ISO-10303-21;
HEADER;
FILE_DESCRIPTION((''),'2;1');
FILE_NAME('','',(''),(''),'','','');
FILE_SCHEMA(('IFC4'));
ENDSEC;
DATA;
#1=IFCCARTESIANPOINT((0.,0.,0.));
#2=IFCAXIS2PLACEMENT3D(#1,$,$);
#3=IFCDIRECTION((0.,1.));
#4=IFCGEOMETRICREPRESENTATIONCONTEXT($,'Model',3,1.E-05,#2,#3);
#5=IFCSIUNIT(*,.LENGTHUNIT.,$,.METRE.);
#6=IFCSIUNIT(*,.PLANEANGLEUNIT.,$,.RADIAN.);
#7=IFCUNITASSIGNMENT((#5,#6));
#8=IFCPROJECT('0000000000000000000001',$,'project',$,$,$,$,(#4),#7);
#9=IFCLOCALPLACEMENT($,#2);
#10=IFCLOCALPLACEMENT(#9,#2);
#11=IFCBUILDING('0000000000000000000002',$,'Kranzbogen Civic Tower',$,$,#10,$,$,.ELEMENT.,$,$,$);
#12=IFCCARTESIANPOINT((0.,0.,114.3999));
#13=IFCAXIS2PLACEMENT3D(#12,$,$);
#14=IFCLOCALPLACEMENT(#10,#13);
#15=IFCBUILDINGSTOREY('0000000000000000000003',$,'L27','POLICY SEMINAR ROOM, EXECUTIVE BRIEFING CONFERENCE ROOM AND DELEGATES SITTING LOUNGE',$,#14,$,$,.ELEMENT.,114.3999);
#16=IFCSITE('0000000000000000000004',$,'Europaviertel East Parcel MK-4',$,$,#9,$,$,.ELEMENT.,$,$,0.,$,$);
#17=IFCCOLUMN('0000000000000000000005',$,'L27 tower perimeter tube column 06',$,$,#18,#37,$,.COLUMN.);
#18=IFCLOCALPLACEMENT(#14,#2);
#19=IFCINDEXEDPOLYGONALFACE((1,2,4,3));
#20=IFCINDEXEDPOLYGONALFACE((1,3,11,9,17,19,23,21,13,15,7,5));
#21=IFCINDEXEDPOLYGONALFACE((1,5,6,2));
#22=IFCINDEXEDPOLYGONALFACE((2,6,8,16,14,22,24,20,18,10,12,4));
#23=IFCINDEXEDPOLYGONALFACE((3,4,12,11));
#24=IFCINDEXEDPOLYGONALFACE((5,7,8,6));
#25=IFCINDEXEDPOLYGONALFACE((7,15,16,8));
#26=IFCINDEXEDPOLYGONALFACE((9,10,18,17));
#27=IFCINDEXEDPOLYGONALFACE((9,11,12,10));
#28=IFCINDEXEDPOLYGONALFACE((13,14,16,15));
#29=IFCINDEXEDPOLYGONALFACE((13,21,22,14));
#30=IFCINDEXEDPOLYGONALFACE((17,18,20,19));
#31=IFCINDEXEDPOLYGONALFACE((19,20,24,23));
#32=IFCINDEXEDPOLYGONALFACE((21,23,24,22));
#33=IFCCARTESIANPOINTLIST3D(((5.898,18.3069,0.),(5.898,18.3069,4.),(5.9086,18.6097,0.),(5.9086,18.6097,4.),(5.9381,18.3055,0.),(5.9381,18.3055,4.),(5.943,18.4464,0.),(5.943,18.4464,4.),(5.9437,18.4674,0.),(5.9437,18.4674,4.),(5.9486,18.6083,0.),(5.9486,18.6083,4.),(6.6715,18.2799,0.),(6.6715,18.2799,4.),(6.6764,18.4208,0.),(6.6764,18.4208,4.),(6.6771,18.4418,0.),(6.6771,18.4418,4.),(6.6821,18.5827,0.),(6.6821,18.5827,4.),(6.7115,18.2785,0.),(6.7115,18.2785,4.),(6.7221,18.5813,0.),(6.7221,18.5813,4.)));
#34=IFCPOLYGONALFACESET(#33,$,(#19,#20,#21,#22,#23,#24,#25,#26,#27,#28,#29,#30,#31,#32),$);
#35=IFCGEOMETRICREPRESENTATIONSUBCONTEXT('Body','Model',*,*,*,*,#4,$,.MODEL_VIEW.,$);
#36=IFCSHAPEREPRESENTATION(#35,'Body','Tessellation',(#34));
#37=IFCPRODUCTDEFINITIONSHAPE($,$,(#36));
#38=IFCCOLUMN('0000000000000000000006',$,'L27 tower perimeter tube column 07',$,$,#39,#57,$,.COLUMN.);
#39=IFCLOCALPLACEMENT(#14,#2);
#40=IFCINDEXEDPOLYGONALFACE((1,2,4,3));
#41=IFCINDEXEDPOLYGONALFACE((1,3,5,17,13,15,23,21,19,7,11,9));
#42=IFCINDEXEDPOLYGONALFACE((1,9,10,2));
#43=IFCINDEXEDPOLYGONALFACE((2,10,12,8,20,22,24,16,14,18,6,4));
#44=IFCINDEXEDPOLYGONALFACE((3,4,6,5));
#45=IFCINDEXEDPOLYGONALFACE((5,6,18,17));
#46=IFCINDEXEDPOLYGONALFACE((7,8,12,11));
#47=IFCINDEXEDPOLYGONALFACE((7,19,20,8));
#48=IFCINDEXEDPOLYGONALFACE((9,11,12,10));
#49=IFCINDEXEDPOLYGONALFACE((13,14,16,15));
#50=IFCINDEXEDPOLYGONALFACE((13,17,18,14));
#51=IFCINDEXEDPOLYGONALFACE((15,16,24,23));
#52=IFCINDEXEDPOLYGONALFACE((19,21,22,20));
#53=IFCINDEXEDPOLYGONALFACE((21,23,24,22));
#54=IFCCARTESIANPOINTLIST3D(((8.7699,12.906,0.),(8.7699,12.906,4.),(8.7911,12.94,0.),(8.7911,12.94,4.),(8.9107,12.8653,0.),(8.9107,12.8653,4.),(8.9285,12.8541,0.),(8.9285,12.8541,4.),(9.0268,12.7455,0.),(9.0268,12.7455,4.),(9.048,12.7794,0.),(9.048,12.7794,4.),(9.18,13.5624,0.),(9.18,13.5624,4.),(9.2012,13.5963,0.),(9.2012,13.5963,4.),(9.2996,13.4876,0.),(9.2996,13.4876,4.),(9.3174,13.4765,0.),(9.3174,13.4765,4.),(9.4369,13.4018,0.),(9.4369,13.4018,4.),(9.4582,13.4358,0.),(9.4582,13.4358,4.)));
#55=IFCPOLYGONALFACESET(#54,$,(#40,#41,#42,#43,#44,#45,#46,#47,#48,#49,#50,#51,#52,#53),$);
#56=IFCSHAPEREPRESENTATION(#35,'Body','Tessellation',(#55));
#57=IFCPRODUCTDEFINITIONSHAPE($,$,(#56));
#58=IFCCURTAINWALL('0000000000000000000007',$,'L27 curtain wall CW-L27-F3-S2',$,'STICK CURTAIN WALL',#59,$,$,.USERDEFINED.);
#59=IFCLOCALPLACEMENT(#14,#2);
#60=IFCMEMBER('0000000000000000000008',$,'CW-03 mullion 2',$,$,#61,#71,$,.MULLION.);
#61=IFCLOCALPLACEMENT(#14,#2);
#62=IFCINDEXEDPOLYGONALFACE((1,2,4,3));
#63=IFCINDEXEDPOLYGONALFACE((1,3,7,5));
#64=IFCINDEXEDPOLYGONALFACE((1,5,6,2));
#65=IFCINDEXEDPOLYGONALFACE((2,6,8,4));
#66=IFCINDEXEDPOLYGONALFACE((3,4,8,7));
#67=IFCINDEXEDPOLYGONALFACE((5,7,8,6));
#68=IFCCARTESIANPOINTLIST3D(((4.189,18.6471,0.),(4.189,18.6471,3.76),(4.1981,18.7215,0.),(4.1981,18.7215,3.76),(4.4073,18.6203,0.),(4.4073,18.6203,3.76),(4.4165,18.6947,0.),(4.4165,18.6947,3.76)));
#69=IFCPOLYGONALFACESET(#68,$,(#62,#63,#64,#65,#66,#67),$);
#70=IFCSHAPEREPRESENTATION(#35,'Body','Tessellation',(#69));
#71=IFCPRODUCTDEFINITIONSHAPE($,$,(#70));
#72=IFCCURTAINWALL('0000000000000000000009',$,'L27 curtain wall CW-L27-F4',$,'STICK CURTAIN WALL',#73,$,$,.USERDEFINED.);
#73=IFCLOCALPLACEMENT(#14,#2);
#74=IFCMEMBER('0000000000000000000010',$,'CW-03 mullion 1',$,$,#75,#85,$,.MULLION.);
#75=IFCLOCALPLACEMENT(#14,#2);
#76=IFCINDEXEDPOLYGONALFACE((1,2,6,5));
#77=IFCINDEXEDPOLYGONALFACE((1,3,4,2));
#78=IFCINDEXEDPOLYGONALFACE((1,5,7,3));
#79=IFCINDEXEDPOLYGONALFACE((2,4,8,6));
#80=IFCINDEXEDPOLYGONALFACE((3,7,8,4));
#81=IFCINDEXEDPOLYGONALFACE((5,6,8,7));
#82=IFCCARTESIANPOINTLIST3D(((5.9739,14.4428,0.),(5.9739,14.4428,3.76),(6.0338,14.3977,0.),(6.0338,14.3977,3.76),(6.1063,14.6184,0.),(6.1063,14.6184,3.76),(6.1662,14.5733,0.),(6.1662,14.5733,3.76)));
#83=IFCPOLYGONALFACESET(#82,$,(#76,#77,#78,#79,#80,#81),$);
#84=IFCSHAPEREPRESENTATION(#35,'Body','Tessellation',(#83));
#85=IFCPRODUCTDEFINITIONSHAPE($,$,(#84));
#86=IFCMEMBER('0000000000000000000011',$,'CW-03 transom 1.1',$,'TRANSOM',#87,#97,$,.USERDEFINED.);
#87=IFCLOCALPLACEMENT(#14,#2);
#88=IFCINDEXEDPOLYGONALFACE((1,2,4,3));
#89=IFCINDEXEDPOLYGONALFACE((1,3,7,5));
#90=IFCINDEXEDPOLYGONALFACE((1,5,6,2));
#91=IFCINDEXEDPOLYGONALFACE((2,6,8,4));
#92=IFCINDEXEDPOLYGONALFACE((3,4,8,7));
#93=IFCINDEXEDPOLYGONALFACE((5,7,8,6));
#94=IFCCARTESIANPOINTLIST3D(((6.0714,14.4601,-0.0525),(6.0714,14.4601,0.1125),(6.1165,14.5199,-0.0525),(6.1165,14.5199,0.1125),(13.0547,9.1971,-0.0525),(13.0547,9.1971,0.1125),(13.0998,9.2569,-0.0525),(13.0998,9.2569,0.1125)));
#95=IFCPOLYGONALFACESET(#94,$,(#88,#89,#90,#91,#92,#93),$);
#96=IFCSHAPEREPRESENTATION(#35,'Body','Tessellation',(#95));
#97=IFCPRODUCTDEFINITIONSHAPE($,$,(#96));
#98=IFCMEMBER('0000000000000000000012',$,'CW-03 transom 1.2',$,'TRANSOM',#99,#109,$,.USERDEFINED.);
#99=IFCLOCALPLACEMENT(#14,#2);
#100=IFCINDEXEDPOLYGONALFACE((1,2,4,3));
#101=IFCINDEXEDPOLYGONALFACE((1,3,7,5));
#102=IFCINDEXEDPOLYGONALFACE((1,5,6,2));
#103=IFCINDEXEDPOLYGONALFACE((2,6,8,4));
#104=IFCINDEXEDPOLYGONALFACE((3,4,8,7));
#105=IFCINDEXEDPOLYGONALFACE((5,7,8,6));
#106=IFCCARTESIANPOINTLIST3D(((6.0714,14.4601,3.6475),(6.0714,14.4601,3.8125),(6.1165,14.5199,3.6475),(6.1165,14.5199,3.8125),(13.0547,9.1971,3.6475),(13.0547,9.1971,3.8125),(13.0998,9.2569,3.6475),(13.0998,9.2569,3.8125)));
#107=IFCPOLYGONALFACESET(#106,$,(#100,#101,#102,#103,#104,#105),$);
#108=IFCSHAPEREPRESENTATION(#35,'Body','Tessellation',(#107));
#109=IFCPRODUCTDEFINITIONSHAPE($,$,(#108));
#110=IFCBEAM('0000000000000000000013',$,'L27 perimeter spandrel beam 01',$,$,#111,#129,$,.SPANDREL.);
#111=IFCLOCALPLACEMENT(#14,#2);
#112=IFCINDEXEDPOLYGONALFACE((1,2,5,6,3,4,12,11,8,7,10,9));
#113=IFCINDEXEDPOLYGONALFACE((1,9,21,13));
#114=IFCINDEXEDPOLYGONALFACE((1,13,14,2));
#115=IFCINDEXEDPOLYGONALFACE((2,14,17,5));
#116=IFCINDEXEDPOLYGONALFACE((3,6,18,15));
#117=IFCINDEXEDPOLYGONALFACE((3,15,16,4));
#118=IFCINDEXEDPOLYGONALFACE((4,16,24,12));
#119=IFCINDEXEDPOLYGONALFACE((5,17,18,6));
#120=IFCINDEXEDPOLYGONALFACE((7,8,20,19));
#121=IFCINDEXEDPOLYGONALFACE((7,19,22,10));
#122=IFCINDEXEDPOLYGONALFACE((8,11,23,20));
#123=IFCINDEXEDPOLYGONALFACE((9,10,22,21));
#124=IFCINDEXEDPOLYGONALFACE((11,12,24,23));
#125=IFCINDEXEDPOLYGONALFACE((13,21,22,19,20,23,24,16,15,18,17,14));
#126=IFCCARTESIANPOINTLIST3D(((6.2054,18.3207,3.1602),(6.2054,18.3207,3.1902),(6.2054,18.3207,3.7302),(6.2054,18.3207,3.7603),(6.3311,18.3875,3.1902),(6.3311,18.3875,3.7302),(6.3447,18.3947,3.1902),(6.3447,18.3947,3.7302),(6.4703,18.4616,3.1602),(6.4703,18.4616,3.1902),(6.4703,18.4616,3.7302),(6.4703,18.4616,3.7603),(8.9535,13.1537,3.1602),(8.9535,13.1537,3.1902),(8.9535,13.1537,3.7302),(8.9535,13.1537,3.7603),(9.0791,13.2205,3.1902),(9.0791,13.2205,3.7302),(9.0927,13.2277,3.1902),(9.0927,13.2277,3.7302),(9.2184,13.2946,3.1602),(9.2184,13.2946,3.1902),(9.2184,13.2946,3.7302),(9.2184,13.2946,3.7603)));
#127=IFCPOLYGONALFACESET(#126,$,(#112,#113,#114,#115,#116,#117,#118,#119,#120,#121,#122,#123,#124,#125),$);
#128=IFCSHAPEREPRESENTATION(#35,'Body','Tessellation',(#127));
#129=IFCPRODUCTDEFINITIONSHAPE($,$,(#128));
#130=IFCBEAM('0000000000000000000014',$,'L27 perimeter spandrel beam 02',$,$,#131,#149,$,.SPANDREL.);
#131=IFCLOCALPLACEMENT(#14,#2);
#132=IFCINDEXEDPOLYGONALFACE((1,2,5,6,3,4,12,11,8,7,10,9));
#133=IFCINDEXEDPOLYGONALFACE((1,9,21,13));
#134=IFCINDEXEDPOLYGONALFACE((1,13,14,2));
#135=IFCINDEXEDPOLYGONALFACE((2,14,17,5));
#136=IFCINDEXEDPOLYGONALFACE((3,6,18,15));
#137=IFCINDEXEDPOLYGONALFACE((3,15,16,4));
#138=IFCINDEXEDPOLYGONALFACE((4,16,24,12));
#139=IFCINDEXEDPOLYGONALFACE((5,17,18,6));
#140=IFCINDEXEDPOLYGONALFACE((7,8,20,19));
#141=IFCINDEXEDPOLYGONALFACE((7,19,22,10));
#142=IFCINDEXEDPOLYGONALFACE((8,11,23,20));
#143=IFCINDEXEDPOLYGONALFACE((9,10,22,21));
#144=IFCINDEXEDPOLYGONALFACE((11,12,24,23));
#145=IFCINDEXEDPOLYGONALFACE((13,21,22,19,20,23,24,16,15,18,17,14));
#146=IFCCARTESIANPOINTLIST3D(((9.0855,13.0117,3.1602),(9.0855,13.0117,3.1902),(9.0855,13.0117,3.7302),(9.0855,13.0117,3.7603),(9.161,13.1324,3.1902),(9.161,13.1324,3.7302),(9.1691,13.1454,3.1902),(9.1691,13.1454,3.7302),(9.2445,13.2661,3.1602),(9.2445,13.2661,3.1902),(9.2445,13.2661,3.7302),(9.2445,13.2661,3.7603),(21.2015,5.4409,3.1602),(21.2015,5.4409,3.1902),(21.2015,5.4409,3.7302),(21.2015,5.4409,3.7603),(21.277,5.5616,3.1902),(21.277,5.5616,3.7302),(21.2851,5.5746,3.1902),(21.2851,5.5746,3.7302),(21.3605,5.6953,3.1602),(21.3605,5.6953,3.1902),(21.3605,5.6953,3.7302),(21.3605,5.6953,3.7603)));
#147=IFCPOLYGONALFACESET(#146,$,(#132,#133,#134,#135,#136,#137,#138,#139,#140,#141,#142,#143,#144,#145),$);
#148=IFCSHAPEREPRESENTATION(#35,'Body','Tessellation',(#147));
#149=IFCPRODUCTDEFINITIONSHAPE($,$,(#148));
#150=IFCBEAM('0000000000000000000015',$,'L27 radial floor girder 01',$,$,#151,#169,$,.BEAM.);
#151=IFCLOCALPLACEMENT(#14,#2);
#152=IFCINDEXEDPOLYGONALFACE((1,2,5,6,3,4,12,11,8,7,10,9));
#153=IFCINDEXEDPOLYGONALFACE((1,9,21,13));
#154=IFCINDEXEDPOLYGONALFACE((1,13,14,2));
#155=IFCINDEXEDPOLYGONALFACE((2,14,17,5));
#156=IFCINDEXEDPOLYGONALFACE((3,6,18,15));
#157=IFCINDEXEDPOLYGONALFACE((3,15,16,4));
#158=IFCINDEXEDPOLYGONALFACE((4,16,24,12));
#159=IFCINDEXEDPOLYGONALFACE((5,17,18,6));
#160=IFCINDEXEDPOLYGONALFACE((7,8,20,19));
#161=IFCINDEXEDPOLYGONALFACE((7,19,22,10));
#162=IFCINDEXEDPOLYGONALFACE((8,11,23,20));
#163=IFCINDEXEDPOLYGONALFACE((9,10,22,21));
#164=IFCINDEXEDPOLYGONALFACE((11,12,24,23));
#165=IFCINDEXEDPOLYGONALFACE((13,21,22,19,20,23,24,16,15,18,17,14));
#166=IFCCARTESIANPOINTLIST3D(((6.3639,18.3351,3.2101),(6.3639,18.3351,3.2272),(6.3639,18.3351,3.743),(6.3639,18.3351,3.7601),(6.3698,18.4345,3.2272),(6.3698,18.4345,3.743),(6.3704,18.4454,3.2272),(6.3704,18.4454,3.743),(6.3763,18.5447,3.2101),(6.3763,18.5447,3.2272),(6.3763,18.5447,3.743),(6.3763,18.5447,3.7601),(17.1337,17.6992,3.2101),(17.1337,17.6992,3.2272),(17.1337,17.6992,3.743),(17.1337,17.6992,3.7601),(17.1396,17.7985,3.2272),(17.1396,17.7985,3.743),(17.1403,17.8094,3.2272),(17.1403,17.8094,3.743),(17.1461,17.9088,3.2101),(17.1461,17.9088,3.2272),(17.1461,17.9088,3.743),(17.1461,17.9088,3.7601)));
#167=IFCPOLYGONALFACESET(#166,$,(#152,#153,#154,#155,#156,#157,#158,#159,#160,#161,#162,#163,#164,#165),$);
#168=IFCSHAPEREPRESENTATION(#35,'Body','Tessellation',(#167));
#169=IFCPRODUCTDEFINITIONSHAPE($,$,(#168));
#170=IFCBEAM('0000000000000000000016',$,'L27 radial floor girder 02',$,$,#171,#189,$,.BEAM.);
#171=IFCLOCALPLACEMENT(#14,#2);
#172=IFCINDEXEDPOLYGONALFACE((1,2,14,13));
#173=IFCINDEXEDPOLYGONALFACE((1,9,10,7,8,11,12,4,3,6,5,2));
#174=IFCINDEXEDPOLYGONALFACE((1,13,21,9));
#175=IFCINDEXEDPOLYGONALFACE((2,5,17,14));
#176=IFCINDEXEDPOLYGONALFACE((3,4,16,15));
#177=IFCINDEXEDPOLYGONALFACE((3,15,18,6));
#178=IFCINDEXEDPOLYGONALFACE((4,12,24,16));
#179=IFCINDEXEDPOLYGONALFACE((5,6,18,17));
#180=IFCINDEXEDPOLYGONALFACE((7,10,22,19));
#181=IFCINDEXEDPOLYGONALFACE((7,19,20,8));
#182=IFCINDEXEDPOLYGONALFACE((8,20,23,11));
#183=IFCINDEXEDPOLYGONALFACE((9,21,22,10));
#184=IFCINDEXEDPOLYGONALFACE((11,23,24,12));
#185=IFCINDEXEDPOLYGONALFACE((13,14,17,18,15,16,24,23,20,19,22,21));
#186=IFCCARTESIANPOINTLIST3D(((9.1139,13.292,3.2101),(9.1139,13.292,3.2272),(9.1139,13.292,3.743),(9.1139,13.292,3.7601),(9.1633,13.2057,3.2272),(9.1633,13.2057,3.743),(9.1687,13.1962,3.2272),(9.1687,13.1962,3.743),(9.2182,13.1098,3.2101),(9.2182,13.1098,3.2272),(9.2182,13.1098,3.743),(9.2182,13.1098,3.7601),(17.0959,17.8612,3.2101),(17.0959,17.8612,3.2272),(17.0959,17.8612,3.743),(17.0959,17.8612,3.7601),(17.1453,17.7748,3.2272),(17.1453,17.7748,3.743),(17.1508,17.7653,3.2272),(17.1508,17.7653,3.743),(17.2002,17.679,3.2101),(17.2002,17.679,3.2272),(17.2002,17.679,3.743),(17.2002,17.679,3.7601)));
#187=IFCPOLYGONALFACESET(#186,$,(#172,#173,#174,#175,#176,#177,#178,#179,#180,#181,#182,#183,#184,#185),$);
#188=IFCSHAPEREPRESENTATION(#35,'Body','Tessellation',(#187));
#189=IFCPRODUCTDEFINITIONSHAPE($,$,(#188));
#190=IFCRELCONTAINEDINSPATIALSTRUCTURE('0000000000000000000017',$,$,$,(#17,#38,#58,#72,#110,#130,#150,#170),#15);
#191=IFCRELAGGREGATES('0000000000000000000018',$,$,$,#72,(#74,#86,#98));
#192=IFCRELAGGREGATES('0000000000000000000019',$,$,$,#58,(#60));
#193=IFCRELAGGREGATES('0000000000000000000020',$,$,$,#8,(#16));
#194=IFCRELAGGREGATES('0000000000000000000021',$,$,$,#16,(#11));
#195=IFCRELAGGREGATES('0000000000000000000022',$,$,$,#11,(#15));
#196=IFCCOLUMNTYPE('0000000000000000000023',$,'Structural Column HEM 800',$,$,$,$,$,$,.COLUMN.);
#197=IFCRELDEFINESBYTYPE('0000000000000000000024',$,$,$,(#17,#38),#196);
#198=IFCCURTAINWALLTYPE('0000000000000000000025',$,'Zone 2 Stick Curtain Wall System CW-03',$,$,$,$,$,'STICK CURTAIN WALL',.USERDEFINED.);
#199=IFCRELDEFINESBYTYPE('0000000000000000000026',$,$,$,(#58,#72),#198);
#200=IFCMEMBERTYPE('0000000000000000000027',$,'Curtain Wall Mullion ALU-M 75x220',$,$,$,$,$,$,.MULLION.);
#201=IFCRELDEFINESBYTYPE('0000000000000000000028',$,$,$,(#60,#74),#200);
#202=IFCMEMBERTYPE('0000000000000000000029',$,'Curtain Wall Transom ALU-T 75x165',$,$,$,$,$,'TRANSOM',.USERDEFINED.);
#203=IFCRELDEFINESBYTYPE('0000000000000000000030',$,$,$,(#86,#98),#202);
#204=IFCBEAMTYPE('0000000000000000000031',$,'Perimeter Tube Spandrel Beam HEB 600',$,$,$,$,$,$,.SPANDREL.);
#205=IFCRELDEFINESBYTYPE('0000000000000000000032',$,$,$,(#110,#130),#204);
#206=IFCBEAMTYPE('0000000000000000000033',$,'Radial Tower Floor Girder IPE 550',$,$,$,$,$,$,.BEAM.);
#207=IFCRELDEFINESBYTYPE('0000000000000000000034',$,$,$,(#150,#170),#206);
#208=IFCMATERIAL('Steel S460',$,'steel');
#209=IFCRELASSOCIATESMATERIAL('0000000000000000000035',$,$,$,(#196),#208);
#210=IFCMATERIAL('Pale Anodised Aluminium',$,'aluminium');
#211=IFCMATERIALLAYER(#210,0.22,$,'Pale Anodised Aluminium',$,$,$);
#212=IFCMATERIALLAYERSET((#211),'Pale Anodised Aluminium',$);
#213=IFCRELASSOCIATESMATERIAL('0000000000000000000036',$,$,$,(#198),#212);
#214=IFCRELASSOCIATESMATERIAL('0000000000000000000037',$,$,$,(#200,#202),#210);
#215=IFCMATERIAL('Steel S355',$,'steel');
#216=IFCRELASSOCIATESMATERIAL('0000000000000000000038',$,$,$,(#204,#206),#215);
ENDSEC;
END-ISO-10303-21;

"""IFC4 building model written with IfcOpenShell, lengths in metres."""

from ifc_helpers import new_model, si_unit, direction, frame, origin, origin_2d, place, context, subcontext, project, spatial, rectangle, i_section, extrude, material, layer, layer_set, material_profile, profile_set, type_object, element, aggregate, save


model = new_model("IFC4")

# Units and contexts
model_context = context("Model", 3, precision=1e-05, world=origin(), true_north=direction((0.0, 1.0)))
body_context = subcontext(model_context, "Body", "Model", "MODEL_VIEW")
ifc_project = project(units=[si_unit("LENGTHUNIT", "METRE"), si_unit("PLANEANGLEUNIT", "RADIAN")], contexts=[model_context])

# Site, building, storey
site_placement = place(None, origin())
site = spatial("IfcSite", under=ifc_project, at=site_placement, Name="Europaviertel East Parcel MK-4", CompositionType="ELEMENT", RefElevation=0.0)
building_placement = place(site_placement, origin())
building = spatial("IfcBuilding", under=site, at=building_placement, Name="Kranzbogen Civic Tower", CompositionType="ELEMENT")
storey_placement = place(building_placement, frame((0.0, 0.0, 114.3999)))
storey = spatial("IfcBuildingStorey", under=building, at=storey_placement, Name="L27", Description="POLICY SEMINAR ROOM, EXECUTIVE BRIEFING CONFERENCE ROOM AND DELEGATES SITTING LOUNGE", CompositionType="ELEMENT", Elevation=114.3999)

# Columns
ifc_material_1 = material(Name="Steel S460", Category="steel")
ifc_material_profile_1 = material_profile(ifc_material_1, i_section(OverallWidth=0.303, OverallDepth=0.814, WebThickness=0.021, FlangeThickness=0.04, at=origin_2d()), Name="HEM 800")
ifc_profile_set_1 = profile_set([ifc_material_profile_1], Name="Steel S460")
column_type = type_object("IfcColumnType", Name="Structural Column HEM 800", PredefinedType="COLUMN", material=ifc_profile_set_1)
for number, where, z_axis, x_axis, name in (
    (1, (6.3101, 18.4441, 0.0), (0.0, 0.0, 1.0), (0.034899, 0.999391, 0.0), "L27 tower perimeter tube column 06"),
    (2, (9.114, 13.1709, 0.0), (0.0, 0.0, 1.0), (-0.848048, 0.529919, 0.0), "L27 tower perimeter tube column 07"),
):
    element("IfcColumn", number, at=place(storey_placement, frame(where, z_axis=z_axis, x_axis=x_axis)), inside=storey, type_object=column_type, Name=name, PredefinedType="COLUMN", context=body_context, shape_type="SweptSolid", body=[
        extrude(i_section(OverallWidth=0.303, OverallDepth=0.814, WebThickness=0.021, FlangeThickness=0.04, at=origin_2d()), origin(), (0.0, 0.0, 1.0), 4.0),
    ])

# Curtain wall, member
ifc_material_2 = material(Name="Pale Anodised Aluminium", Category="aluminium")
ifc_layer_1 = layer(ifc_material_2, 0.22, Name="Pale Anodised Aluminium")
ifc_layer_set_1 = layer_set([ifc_layer_1], Name="Pale Anodised Aluminium")
curtain_wall_type = type_object("IfcCurtainWallType", Name="Zone 2 Stick Curtain Wall System CW-03", ElementType="STICK CURTAIN WALL", PredefinedType="USERDEFINED", material=ifc_layer_set_1)
curtain_wall_1_placement = place(storey_placement, origin())
curtain_wall_1 = element("IfcCurtainWall", 3, at=curtain_wall_1_placement, inside=storey, type_object=curtain_wall_type, Name="L27 curtain wall CW-L27-F3-S2", ObjectType="STICK CURTAIN WALL", PredefinedType="USERDEFINED")
ifc_material_profile_2 = material_profile(ifc_material_2, rectangle(XDim=0.075, YDim=0.22, at=origin_2d()), Name="ALU-M 75x220")
ifc_profile_set_2 = profile_set([ifc_material_profile_2], Name="Pale Anodised Aluminium")
member_type_1 = type_object("IfcMemberType", Name="Curtain Wall Mullion ALU-M 75x220", PredefinedType="MULLION", material=ifc_profile_set_2)
member_1_placement = place(storey_placement, frame((4.3027, 18.6709, 0.0), z_axis=(0.0, 0.0, 1.0), x_axis=(-0.121826, -0.992552, 0.0)))
member_1 = element("IfcMember", 4, at=member_1_placement, type_object=member_type_1, Name="CW-03 mullion 2", PredefinedType="MULLION", context=body_context, shape_type="SweptSolid", body=[
    extrude(rectangle(XDim=0.075, YDim=0.22, at=origin_2d()), origin(), (0.0, 0.0, 1.0), 3.76),
])

# Curtain wall, members
curtain_wall_2_placement = place(storey_placement, origin())
curtain_wall_2 = element("IfcCurtainWall", 5, at=curtain_wall_2_placement, inside=storey, type_object=curtain_wall_type, Name="L27 curtain wall CW-L27-F4", ObjectType="STICK CURTAIN WALL", PredefinedType="USERDEFINED")
member_2_placement = place(storey_placement, frame((6.0701, 14.5081, 0.0), z_axis=(0.0, 0.0, 1.0), x_axis=(0.798599, -0.601864, 0.0)))
member_2 = element("IfcMember", 6, at=member_2_placement, type_object=member_type_1, Name="CW-03 mullion 1", PredefinedType="MULLION", context=body_context, shape_type="SweptSolid", body=[
    extrude(rectangle(XDim=0.075, YDim=0.22, at=origin_2d()), origin(), (0.0, 0.0, 1.0), 3.76),
])
ifc_material_profile_3 = material_profile(ifc_material_2, rectangle(XDim=0.075, YDim=0.165, at=origin_2d()), Name="ALU-T 75x165")
ifc_profile_set_3 = profile_set([ifc_material_profile_3], Name="Pale Anodised Aluminium")
member_type_2 = type_object("IfcMemberType", Name="Curtain Wall Transom ALU-T 75x165", ElementType="TRANSOM", PredefinedType="USERDEFINED", material=ifc_profile_set_3)
member_3_placement = place(storey_placement, frame((6.094, 14.49, 0.03), z_axis=(0.798594, -0.60187, 0.0), x_axis=(0.60187, 0.798594, 0.0)))
member_3 = element("IfcMember", 7, at=member_3_placement, type_object=member_type_2, Name="CW-03 transom 1.1", ObjectType="TRANSOM", PredefinedType="USERDEFINED", context=body_context, shape_type="SweptSolid", body=[
    extrude(rectangle(XDim=0.075, YDim=0.165, at=origin_2d()), origin(), (0.0, 0.0, 1.0), 8.7444),
])
member_4_placement = place(storey_placement, frame((6.094, 14.49, 3.73), z_axis=(0.798594, -0.60187, 0.0), x_axis=(0.60187, 0.798594, 0.0)))
member_4 = element("IfcMember", 8, at=member_4_placement, type_object=member_type_2, Name="CW-03 transom 1.2", ObjectType="TRANSOM", PredefinedType="USERDEFINED", context=body_context, shape_type="SweptSolid", body=[
    extrude(rectangle(XDim=0.075, YDim=0.165, at=origin_2d()), origin(), (0.0, 0.0, 1.0), 8.7444),
])
aggregate(curtain_wall_2, [member_2, member_3, member_4])

# Beams
ifc_material_3 = material(Name="Steel S355", Category="steel")
ifc_material_profile_4 = material_profile(ifc_material_3, i_section(OverallWidth=0.3, OverallDepth=0.6001, WebThickness=0.0154, FlangeThickness=0.03, at=origin_2d()), Name="HEB 600")
ifc_profile_set_4 = profile_set([ifc_material_profile_4], Name="Steel S355")
beam_type_1 = type_object("IfcBeamType", Name="Perimeter Tube Spandrel Beam HEB 600", PredefinedType="SPANDREL", material=ifc_profile_set_4)
beam_1_placement = place(storey_placement, frame((6.3379, 18.3911, 3.4602), z_axis=(0.469566, -0.882897, 0.0), x_axis=(0.882897, 0.469566, 0.0)))
element("IfcBeam", 9, at=beam_1_placement, inside=storey, type_object=beam_type_1, Name="L27 perimeter spandrel beam 01", PredefinedType="SPANDREL", context=body_context, shape_type="SweptSolid", body=[
    extrude(i_section(OverallWidth=0.3, OverallDepth=0.6001, WebThickness=0.0154, FlangeThickness=0.03, at=origin_2d()), origin(), (0.0, 0.0, 1.0), 5.8523),
])
beam_2_placement = place(storey_placement, frame((9.165, 13.1389, 3.4602), z_axis=(0.848051, -0.529914, 0.0), x_axis=(0.529914, 0.848051, 0.0)))
element("IfcBeam", 10, at=beam_2_placement, inside=storey, type_object=beam_type_1, Name="L27 perimeter spandrel beam 02", PredefinedType="SPANDREL", context=body_context, shape_type="SweptSolid", body=[
    extrude(i_section(OverallWidth=0.3, OverallDepth=0.6001, WebThickness=0.0154, FlangeThickness=0.03, at=origin_2d()), origin(), (0.0, 0.0, 1.0), 14.2869),
])
ifc_material_profile_5 = material_profile(ifc_material_3, i_section(OverallWidth=0.21, OverallDepth=0.55, WebThickness=0.011, FlangeThickness=0.0171, at=origin_2d()), Name="IPE 550")
ifc_profile_set_5 = profile_set([ifc_material_profile_5], Name="Steel S355")
beam_type_2 = type_object("IfcBeamType", Name="Radial Tower Floor Girder IPE 550", PredefinedType="BEAM", material=ifc_profile_set_5)
beam_3_placement = place(storey_placement, frame((6.3701, 18.4399, 3.4851), z_axis=(0.998261, -0.05895, 0.0), x_axis=(0.05895, 0.998261, 0.0)))
element("IfcBeam", 11, at=beam_3_placement, inside=storey, type_object=beam_type_2, Name="L27 radial floor girder 01", PredefinedType="BEAM", context=body_context, shape_type="SweptSolid", body=[
    extrude(i_section(OverallWidth=0.21, OverallDepth=0.55, WebThickness=0.011, FlangeThickness=0.0171, at=origin_2d()), origin(), (0.0, 0.0, 1.0), 10.7886),
])
beam_4_placement = place(storey_placement, frame((9.166, 13.2009, 3.4851), z_axis=(0.867869, 0.496793, 0.0), x_axis=(-0.496793, 0.867869, 0.0)))
element("IfcBeam", 12, at=beam_4_placement, inside=storey, type_object=beam_type_2, Name="L27 radial floor girder 02", PredefinedType="BEAM", context=body_context, shape_type="SweptSolid", body=[
    extrude(i_section(OverallWidth=0.21, OverallDepth=0.55, WebThickness=0.011, FlangeThickness=0.0171, at=origin_2d()), origin(), (0.0, 0.0, 1.0), 9.1973),
])

aggregate(curtain_wall_1, [member_1])

save(model, "model.ifc")
